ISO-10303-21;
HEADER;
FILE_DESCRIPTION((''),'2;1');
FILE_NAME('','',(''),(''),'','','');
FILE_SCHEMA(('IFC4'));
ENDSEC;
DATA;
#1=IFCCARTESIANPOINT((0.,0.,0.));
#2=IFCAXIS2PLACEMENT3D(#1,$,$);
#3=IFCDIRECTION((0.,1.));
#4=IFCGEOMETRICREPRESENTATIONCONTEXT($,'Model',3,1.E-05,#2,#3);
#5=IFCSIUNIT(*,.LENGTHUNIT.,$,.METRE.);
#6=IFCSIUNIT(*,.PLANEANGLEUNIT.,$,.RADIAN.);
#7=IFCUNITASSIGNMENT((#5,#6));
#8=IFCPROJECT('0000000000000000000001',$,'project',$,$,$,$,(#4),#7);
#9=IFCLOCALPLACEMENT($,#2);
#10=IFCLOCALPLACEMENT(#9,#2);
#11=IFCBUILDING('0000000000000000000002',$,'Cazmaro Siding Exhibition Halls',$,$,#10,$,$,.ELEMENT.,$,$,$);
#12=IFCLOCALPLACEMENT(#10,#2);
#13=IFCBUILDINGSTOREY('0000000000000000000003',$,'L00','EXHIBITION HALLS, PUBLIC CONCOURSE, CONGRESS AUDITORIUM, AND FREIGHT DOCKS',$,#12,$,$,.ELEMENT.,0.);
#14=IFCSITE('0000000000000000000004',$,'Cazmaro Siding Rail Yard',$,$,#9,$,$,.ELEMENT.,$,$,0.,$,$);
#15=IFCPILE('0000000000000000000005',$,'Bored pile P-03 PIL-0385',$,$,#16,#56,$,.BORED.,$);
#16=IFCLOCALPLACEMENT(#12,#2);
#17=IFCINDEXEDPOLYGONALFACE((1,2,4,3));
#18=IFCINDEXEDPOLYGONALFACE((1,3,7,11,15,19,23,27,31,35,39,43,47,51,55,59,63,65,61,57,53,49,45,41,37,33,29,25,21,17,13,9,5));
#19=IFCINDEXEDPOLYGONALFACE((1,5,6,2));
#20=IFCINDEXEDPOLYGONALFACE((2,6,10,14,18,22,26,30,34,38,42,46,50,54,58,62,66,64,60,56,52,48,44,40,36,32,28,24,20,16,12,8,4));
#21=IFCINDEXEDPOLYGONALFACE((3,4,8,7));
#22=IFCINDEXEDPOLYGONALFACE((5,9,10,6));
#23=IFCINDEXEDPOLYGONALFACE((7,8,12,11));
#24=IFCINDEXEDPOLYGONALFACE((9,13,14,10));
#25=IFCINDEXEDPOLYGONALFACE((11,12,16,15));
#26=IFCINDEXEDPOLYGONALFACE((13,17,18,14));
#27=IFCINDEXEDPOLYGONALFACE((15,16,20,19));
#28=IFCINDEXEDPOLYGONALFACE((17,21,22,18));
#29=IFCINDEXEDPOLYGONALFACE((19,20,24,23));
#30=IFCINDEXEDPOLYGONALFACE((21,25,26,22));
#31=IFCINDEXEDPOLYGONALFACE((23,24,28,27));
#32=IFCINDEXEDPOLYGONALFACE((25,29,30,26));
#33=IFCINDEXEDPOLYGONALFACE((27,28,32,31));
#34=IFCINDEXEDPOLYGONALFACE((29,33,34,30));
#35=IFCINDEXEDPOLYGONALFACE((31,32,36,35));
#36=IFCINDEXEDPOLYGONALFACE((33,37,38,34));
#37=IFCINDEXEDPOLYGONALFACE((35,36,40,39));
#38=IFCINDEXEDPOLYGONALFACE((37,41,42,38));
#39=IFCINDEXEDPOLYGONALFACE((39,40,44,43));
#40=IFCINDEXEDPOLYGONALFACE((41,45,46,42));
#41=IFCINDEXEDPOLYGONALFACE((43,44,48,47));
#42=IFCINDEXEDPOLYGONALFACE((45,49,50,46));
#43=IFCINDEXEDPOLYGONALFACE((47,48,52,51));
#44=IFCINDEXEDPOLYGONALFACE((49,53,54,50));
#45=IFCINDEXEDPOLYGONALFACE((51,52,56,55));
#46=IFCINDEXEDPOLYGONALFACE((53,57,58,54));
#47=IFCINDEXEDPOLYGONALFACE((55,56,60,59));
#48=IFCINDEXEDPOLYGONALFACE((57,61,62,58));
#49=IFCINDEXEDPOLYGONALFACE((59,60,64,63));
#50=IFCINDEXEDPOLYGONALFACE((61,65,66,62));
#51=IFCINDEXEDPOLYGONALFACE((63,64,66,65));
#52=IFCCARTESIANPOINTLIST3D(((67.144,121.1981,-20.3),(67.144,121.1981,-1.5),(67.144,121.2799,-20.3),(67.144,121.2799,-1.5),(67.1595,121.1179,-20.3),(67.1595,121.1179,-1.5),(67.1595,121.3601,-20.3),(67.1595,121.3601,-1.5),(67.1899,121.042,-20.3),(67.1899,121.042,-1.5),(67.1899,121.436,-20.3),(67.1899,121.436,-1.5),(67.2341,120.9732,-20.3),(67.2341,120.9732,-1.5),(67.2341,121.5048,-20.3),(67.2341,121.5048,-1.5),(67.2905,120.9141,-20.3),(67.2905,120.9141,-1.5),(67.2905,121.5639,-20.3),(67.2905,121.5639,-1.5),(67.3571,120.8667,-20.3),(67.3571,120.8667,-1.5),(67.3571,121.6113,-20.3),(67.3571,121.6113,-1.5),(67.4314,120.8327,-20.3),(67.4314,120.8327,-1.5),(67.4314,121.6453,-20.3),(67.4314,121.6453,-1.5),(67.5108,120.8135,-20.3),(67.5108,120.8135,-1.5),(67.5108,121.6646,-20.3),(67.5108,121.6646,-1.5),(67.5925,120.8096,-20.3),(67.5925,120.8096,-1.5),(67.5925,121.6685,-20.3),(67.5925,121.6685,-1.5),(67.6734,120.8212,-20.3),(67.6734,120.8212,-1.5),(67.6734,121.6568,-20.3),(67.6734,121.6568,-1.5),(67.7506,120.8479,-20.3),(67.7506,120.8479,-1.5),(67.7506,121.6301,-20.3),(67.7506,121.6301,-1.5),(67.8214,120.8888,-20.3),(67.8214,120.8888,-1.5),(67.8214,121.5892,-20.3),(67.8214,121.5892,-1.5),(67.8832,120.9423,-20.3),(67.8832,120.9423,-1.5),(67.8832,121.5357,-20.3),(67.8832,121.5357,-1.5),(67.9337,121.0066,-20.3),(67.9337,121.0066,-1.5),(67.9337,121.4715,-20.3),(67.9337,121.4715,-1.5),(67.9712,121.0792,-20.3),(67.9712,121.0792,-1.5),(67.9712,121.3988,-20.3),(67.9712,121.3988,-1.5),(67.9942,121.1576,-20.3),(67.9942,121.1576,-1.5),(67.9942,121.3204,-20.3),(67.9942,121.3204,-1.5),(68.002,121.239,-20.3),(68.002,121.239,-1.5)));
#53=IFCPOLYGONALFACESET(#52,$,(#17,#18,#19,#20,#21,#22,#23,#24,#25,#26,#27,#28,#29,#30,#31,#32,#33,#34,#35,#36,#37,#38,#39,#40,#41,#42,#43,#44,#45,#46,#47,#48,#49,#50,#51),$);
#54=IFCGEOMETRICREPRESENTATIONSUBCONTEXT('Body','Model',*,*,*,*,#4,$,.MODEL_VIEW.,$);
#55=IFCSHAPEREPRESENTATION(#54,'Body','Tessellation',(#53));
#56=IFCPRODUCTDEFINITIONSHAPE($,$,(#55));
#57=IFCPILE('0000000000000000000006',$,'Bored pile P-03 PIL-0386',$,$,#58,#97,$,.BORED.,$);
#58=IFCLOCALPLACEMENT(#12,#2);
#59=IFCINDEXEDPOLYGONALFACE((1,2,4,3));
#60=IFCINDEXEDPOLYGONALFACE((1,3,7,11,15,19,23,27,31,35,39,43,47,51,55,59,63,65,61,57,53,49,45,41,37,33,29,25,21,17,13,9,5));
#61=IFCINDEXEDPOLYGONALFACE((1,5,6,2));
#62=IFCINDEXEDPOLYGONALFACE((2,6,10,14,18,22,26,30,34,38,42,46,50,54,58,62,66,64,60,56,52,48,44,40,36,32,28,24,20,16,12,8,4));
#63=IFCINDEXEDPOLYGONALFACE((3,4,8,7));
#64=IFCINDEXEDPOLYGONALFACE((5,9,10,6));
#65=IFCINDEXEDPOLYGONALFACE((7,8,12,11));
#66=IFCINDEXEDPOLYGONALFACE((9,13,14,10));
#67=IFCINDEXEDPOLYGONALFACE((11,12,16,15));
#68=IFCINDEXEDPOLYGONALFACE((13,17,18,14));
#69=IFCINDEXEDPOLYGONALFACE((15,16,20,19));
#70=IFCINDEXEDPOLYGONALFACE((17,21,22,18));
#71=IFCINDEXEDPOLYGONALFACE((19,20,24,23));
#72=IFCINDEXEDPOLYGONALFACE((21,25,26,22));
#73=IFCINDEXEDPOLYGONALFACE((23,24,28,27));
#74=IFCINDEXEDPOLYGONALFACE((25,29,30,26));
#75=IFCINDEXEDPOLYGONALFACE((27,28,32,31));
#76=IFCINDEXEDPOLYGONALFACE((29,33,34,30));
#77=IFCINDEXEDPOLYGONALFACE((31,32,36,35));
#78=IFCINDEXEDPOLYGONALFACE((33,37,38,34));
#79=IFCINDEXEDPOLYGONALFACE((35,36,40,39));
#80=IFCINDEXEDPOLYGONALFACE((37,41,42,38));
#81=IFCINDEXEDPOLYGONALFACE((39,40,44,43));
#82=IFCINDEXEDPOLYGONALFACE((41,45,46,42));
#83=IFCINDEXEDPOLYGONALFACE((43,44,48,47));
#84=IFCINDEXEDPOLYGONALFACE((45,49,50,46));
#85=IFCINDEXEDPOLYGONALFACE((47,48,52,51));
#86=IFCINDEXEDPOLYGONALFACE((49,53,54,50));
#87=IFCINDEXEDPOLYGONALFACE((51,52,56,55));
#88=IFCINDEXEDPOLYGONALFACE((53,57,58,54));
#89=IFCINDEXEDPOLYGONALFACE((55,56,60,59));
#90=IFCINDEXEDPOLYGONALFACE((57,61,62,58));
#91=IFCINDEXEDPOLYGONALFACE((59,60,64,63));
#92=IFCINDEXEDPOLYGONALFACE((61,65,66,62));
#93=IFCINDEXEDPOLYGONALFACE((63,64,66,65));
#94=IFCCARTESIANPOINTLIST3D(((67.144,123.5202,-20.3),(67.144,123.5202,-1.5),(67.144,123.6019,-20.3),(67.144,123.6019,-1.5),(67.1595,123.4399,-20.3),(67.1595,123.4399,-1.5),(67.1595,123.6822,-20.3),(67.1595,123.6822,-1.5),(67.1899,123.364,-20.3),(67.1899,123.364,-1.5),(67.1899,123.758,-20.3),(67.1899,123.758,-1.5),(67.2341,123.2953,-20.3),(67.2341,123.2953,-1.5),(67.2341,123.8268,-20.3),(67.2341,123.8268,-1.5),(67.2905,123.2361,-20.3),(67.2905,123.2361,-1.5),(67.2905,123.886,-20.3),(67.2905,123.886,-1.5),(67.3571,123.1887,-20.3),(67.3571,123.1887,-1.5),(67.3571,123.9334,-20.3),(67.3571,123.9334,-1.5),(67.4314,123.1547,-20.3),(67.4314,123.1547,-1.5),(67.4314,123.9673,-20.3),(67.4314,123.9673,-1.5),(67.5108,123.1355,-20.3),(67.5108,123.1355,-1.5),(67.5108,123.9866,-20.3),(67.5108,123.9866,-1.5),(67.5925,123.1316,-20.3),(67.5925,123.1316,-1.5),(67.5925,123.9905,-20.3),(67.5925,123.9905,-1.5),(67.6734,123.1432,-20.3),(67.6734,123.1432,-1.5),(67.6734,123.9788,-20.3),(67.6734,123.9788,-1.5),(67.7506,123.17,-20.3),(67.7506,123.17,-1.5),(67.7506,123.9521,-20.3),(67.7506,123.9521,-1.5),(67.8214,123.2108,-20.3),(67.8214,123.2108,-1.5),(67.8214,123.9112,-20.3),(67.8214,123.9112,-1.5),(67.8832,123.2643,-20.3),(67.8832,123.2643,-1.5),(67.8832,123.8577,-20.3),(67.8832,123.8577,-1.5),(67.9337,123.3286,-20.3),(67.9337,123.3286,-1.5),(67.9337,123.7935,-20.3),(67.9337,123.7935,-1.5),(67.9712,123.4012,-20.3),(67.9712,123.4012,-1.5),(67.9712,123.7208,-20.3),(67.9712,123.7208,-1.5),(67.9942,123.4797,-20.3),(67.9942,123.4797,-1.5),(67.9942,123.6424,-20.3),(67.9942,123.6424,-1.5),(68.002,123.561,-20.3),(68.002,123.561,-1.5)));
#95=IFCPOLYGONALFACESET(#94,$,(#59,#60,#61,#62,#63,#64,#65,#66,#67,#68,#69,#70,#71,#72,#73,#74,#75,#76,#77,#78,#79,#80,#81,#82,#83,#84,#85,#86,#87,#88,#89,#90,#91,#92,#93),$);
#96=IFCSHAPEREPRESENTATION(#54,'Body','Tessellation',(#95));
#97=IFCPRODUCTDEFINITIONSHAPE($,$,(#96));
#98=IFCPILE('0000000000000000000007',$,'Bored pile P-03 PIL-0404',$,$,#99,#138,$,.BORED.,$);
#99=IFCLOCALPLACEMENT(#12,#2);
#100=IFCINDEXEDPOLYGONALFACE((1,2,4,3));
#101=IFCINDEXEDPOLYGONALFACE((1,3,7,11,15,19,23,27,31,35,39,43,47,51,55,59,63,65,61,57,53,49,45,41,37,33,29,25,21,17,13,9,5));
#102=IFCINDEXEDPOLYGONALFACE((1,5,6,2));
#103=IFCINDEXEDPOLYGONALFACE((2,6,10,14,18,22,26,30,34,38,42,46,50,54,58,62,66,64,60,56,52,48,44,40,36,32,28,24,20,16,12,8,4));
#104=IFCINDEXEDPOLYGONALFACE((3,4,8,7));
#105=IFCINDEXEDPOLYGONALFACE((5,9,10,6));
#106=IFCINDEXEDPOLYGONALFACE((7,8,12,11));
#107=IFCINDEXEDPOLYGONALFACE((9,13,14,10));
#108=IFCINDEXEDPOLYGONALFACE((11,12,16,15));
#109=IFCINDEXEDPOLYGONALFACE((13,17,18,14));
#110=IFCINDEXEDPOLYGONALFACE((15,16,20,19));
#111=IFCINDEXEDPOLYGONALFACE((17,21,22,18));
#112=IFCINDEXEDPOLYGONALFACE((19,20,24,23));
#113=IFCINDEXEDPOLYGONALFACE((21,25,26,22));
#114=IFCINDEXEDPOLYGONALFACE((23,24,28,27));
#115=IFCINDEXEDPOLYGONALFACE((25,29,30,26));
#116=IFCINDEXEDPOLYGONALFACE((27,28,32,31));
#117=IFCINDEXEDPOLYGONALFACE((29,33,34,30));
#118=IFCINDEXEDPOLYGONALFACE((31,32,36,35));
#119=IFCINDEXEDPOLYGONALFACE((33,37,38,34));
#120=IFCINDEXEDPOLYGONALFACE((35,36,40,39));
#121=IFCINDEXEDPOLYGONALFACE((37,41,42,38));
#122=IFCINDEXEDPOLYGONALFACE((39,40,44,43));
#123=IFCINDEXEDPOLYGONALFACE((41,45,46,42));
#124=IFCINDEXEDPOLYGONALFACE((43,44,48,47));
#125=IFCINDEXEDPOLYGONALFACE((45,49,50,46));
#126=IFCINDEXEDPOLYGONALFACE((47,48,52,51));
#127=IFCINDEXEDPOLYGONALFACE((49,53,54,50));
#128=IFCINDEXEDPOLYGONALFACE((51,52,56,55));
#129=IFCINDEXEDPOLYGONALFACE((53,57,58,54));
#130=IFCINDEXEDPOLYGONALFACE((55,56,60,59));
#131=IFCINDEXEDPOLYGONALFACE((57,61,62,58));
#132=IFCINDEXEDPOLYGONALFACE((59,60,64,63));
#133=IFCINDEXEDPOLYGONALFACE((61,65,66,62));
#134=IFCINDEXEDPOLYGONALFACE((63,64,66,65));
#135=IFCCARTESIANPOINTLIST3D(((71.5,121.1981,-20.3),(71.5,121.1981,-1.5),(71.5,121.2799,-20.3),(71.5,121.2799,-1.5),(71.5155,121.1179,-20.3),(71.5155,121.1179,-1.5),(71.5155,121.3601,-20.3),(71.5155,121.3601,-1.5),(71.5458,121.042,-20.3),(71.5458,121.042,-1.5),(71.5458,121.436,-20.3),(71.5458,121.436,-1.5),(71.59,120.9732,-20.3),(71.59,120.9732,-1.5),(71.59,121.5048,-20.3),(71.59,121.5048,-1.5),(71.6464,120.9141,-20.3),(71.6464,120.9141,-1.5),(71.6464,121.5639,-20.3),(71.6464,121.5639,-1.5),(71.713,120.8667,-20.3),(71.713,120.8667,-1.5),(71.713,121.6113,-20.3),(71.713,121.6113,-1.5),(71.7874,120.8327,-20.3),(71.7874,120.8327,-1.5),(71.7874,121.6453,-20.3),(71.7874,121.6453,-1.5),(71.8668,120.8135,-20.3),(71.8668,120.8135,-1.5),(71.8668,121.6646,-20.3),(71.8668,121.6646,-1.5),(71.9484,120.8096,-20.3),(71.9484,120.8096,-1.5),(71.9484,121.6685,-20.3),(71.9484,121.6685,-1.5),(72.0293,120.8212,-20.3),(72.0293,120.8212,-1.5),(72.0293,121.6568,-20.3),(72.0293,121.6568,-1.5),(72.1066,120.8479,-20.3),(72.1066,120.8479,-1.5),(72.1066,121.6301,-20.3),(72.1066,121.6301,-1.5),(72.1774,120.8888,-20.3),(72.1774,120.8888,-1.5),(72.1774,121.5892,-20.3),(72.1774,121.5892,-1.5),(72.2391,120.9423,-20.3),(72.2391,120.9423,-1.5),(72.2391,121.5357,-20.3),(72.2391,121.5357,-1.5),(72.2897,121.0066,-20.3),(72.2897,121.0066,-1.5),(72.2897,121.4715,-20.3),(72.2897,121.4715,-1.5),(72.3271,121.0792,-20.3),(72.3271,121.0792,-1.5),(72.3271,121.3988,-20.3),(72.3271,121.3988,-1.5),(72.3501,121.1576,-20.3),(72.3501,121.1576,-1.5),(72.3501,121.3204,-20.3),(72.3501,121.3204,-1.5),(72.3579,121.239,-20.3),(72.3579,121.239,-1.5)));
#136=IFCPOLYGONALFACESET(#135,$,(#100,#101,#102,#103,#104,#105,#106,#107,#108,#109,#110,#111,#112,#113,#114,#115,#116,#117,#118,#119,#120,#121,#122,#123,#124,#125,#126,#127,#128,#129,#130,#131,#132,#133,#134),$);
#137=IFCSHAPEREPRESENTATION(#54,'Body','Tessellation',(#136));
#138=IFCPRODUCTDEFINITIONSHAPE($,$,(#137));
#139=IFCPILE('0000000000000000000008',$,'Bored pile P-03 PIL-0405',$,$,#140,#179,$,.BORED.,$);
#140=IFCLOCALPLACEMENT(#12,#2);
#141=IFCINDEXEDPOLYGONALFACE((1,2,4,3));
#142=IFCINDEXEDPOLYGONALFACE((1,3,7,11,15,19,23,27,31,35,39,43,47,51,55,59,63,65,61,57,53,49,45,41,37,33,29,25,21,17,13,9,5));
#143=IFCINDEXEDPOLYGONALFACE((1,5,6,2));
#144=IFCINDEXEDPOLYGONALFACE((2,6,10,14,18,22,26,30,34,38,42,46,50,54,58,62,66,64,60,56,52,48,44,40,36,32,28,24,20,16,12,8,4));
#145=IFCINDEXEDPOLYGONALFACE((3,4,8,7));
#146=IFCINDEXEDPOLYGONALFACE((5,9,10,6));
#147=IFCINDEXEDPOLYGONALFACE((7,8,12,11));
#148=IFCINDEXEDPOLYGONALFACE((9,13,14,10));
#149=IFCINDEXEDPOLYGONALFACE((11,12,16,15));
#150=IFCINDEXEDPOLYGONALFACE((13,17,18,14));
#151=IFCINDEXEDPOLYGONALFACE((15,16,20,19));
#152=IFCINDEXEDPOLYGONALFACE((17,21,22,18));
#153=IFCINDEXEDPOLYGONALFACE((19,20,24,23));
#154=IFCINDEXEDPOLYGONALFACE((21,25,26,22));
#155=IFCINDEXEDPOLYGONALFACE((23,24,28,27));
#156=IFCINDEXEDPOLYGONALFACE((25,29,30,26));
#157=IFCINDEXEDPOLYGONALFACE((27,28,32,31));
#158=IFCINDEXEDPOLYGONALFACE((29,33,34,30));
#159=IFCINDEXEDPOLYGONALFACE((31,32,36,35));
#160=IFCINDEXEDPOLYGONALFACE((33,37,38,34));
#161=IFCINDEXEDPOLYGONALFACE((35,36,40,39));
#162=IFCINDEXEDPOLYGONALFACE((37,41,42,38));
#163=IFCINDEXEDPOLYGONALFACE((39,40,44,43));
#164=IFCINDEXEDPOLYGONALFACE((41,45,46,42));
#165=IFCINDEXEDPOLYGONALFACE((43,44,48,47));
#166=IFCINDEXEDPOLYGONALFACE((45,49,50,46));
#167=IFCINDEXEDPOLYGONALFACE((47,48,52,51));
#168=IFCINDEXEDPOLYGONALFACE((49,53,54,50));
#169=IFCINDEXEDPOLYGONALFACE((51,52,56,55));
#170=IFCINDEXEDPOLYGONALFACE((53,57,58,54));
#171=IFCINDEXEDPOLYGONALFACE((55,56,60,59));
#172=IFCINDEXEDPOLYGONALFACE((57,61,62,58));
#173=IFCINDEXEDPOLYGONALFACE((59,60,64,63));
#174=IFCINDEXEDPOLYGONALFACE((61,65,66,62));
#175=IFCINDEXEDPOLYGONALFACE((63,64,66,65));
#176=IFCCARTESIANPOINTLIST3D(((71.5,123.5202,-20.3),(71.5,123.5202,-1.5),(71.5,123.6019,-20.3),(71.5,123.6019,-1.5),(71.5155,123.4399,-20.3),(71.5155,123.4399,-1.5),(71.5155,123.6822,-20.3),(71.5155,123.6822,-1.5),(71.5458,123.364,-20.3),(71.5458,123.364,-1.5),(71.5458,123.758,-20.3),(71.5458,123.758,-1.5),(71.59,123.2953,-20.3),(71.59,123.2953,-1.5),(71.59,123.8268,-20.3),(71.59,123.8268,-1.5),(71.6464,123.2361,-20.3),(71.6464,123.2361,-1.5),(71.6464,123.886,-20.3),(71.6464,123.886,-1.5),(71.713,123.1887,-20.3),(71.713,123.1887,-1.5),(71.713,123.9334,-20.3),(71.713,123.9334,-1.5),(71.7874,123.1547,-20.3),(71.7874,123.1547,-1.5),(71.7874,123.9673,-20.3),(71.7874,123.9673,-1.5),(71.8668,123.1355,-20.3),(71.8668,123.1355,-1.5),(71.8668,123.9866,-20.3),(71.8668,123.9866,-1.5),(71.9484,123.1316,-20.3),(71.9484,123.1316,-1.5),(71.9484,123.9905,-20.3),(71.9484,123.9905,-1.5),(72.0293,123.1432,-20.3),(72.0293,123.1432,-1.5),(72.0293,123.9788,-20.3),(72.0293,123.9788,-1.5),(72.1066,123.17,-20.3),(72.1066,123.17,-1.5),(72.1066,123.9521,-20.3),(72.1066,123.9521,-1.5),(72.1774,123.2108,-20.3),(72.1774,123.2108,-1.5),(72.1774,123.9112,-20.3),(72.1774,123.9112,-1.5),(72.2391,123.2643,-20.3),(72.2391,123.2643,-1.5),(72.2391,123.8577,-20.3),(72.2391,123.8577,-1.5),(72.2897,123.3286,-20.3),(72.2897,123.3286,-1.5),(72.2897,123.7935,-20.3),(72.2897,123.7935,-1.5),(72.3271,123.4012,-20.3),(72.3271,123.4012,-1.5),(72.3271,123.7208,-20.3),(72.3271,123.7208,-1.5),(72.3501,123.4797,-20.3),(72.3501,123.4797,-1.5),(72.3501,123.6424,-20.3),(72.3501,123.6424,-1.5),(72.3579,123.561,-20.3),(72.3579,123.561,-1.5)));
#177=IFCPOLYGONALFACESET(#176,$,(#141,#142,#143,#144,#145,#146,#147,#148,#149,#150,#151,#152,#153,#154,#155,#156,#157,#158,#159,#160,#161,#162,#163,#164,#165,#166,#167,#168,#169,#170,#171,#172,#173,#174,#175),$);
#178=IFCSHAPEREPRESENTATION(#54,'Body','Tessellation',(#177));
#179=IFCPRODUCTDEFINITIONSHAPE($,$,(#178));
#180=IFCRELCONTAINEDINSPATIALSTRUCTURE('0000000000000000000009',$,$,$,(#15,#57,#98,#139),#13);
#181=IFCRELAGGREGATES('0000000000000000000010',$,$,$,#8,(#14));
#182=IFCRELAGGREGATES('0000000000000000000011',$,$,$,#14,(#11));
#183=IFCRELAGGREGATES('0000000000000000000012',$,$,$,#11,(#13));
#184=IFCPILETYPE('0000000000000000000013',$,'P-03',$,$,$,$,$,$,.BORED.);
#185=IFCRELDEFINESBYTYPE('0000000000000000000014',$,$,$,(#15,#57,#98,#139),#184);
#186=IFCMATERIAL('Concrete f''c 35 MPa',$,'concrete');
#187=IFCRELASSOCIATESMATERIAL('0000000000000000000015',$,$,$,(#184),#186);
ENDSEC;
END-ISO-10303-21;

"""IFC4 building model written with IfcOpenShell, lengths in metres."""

from ifc_helpers import new_model, si_unit, direction, frame, origin, origin_2d, place, context, subcontext, project, spatial, circle, extrude, material, material_profile, profile_set, type_object, element, save


model = new_model("IFC4")

# Units and contexts
model_context = context("Model", 3, precision=1e-05, world=origin(), true_north=direction((0.0, 1.0)))
body_context = subcontext(model_context, "Body", "Model", "MODEL_VIEW")
ifc_project = project(units=[si_unit("LENGTHUNIT", "METRE"), si_unit("PLANEANGLEUNIT", "RADIAN")], contexts=[model_context])

# Site, building, storey
site_placement = place(None, origin())
site = spatial("IfcSite", under=ifc_project, at=site_placement, Name="Cazmaro Siding Rail Yard", CompositionType="ELEMENT", RefElevation=0.0)
building_placement = place(site_placement, origin())
building = spatial("IfcBuilding", under=site, at=building_placement, Name="Cazmaro Siding Exhibition Halls", CompositionType="ELEMENT")
storey_placement = place(building_placement, origin())
storey = spatial("IfcBuildingStorey", under=building, at=storey_placement, Name="L00", Description="EXHIBITION HALLS, PUBLIC CONCOURSE, CONGRESS AUDITORIUM, AND FREIGHT DOCKS", CompositionType="ELEMENT", Elevation=0.0)

# Piles
ifc_material_1 = material(Name="Concrete f'c 35 MPa", Category="concrete")
ifc_material_profile_1 = material_profile(ifc_material_1, circle(Radius=0.4299, at=origin_2d()), Name="CIDH-860")
ifc_profile_set_1 = profile_set([ifc_material_profile_1], Name="Concrete f'c 35 MPa")
pile_type = type_object("IfcPileType", Name="P-03", PredefinedType="BORED", material=ifc_profile_set_1)
for number, where, z_axis, x_axis, name in (
    (1, (67.572, 121.239, -1.5), (0.0, 0.0, -1.0), (1.0, 0.0, 0.0), "Bored pile P-03 PIL-0385"),
    (2, (67.572, 123.561, -1.5), (0.0, 0.0, -1.0), (1.0, 0.0, 0.0), "Bored pile P-03 PIL-0386"),
    (3, (71.928, 121.239, -1.5), (0.0, 0.0, -1.0), (1.0, 0.0, 0.0), "Bored pile P-03 PIL-0404"),
    (4, (71.928, 123.561, -1.5), (0.0, 0.0, -1.0), (1.0, 0.0, 0.0), "Bored pile P-03 PIL-0405"),
):
    element("IfcPile", number, at=place(storey_placement, frame(where, z_axis=z_axis, x_axis=x_axis)), inside=storey, type_object=pile_type, Name=name, PredefinedType="BORED", context=body_context, shape_type="SweptSolid", body=[
        extrude(circle(Radius=0.4299, at=origin_2d()), origin(), (0.0, 0.0, 1.0), 18.8),
    ])

save(model, "model.ifc")
